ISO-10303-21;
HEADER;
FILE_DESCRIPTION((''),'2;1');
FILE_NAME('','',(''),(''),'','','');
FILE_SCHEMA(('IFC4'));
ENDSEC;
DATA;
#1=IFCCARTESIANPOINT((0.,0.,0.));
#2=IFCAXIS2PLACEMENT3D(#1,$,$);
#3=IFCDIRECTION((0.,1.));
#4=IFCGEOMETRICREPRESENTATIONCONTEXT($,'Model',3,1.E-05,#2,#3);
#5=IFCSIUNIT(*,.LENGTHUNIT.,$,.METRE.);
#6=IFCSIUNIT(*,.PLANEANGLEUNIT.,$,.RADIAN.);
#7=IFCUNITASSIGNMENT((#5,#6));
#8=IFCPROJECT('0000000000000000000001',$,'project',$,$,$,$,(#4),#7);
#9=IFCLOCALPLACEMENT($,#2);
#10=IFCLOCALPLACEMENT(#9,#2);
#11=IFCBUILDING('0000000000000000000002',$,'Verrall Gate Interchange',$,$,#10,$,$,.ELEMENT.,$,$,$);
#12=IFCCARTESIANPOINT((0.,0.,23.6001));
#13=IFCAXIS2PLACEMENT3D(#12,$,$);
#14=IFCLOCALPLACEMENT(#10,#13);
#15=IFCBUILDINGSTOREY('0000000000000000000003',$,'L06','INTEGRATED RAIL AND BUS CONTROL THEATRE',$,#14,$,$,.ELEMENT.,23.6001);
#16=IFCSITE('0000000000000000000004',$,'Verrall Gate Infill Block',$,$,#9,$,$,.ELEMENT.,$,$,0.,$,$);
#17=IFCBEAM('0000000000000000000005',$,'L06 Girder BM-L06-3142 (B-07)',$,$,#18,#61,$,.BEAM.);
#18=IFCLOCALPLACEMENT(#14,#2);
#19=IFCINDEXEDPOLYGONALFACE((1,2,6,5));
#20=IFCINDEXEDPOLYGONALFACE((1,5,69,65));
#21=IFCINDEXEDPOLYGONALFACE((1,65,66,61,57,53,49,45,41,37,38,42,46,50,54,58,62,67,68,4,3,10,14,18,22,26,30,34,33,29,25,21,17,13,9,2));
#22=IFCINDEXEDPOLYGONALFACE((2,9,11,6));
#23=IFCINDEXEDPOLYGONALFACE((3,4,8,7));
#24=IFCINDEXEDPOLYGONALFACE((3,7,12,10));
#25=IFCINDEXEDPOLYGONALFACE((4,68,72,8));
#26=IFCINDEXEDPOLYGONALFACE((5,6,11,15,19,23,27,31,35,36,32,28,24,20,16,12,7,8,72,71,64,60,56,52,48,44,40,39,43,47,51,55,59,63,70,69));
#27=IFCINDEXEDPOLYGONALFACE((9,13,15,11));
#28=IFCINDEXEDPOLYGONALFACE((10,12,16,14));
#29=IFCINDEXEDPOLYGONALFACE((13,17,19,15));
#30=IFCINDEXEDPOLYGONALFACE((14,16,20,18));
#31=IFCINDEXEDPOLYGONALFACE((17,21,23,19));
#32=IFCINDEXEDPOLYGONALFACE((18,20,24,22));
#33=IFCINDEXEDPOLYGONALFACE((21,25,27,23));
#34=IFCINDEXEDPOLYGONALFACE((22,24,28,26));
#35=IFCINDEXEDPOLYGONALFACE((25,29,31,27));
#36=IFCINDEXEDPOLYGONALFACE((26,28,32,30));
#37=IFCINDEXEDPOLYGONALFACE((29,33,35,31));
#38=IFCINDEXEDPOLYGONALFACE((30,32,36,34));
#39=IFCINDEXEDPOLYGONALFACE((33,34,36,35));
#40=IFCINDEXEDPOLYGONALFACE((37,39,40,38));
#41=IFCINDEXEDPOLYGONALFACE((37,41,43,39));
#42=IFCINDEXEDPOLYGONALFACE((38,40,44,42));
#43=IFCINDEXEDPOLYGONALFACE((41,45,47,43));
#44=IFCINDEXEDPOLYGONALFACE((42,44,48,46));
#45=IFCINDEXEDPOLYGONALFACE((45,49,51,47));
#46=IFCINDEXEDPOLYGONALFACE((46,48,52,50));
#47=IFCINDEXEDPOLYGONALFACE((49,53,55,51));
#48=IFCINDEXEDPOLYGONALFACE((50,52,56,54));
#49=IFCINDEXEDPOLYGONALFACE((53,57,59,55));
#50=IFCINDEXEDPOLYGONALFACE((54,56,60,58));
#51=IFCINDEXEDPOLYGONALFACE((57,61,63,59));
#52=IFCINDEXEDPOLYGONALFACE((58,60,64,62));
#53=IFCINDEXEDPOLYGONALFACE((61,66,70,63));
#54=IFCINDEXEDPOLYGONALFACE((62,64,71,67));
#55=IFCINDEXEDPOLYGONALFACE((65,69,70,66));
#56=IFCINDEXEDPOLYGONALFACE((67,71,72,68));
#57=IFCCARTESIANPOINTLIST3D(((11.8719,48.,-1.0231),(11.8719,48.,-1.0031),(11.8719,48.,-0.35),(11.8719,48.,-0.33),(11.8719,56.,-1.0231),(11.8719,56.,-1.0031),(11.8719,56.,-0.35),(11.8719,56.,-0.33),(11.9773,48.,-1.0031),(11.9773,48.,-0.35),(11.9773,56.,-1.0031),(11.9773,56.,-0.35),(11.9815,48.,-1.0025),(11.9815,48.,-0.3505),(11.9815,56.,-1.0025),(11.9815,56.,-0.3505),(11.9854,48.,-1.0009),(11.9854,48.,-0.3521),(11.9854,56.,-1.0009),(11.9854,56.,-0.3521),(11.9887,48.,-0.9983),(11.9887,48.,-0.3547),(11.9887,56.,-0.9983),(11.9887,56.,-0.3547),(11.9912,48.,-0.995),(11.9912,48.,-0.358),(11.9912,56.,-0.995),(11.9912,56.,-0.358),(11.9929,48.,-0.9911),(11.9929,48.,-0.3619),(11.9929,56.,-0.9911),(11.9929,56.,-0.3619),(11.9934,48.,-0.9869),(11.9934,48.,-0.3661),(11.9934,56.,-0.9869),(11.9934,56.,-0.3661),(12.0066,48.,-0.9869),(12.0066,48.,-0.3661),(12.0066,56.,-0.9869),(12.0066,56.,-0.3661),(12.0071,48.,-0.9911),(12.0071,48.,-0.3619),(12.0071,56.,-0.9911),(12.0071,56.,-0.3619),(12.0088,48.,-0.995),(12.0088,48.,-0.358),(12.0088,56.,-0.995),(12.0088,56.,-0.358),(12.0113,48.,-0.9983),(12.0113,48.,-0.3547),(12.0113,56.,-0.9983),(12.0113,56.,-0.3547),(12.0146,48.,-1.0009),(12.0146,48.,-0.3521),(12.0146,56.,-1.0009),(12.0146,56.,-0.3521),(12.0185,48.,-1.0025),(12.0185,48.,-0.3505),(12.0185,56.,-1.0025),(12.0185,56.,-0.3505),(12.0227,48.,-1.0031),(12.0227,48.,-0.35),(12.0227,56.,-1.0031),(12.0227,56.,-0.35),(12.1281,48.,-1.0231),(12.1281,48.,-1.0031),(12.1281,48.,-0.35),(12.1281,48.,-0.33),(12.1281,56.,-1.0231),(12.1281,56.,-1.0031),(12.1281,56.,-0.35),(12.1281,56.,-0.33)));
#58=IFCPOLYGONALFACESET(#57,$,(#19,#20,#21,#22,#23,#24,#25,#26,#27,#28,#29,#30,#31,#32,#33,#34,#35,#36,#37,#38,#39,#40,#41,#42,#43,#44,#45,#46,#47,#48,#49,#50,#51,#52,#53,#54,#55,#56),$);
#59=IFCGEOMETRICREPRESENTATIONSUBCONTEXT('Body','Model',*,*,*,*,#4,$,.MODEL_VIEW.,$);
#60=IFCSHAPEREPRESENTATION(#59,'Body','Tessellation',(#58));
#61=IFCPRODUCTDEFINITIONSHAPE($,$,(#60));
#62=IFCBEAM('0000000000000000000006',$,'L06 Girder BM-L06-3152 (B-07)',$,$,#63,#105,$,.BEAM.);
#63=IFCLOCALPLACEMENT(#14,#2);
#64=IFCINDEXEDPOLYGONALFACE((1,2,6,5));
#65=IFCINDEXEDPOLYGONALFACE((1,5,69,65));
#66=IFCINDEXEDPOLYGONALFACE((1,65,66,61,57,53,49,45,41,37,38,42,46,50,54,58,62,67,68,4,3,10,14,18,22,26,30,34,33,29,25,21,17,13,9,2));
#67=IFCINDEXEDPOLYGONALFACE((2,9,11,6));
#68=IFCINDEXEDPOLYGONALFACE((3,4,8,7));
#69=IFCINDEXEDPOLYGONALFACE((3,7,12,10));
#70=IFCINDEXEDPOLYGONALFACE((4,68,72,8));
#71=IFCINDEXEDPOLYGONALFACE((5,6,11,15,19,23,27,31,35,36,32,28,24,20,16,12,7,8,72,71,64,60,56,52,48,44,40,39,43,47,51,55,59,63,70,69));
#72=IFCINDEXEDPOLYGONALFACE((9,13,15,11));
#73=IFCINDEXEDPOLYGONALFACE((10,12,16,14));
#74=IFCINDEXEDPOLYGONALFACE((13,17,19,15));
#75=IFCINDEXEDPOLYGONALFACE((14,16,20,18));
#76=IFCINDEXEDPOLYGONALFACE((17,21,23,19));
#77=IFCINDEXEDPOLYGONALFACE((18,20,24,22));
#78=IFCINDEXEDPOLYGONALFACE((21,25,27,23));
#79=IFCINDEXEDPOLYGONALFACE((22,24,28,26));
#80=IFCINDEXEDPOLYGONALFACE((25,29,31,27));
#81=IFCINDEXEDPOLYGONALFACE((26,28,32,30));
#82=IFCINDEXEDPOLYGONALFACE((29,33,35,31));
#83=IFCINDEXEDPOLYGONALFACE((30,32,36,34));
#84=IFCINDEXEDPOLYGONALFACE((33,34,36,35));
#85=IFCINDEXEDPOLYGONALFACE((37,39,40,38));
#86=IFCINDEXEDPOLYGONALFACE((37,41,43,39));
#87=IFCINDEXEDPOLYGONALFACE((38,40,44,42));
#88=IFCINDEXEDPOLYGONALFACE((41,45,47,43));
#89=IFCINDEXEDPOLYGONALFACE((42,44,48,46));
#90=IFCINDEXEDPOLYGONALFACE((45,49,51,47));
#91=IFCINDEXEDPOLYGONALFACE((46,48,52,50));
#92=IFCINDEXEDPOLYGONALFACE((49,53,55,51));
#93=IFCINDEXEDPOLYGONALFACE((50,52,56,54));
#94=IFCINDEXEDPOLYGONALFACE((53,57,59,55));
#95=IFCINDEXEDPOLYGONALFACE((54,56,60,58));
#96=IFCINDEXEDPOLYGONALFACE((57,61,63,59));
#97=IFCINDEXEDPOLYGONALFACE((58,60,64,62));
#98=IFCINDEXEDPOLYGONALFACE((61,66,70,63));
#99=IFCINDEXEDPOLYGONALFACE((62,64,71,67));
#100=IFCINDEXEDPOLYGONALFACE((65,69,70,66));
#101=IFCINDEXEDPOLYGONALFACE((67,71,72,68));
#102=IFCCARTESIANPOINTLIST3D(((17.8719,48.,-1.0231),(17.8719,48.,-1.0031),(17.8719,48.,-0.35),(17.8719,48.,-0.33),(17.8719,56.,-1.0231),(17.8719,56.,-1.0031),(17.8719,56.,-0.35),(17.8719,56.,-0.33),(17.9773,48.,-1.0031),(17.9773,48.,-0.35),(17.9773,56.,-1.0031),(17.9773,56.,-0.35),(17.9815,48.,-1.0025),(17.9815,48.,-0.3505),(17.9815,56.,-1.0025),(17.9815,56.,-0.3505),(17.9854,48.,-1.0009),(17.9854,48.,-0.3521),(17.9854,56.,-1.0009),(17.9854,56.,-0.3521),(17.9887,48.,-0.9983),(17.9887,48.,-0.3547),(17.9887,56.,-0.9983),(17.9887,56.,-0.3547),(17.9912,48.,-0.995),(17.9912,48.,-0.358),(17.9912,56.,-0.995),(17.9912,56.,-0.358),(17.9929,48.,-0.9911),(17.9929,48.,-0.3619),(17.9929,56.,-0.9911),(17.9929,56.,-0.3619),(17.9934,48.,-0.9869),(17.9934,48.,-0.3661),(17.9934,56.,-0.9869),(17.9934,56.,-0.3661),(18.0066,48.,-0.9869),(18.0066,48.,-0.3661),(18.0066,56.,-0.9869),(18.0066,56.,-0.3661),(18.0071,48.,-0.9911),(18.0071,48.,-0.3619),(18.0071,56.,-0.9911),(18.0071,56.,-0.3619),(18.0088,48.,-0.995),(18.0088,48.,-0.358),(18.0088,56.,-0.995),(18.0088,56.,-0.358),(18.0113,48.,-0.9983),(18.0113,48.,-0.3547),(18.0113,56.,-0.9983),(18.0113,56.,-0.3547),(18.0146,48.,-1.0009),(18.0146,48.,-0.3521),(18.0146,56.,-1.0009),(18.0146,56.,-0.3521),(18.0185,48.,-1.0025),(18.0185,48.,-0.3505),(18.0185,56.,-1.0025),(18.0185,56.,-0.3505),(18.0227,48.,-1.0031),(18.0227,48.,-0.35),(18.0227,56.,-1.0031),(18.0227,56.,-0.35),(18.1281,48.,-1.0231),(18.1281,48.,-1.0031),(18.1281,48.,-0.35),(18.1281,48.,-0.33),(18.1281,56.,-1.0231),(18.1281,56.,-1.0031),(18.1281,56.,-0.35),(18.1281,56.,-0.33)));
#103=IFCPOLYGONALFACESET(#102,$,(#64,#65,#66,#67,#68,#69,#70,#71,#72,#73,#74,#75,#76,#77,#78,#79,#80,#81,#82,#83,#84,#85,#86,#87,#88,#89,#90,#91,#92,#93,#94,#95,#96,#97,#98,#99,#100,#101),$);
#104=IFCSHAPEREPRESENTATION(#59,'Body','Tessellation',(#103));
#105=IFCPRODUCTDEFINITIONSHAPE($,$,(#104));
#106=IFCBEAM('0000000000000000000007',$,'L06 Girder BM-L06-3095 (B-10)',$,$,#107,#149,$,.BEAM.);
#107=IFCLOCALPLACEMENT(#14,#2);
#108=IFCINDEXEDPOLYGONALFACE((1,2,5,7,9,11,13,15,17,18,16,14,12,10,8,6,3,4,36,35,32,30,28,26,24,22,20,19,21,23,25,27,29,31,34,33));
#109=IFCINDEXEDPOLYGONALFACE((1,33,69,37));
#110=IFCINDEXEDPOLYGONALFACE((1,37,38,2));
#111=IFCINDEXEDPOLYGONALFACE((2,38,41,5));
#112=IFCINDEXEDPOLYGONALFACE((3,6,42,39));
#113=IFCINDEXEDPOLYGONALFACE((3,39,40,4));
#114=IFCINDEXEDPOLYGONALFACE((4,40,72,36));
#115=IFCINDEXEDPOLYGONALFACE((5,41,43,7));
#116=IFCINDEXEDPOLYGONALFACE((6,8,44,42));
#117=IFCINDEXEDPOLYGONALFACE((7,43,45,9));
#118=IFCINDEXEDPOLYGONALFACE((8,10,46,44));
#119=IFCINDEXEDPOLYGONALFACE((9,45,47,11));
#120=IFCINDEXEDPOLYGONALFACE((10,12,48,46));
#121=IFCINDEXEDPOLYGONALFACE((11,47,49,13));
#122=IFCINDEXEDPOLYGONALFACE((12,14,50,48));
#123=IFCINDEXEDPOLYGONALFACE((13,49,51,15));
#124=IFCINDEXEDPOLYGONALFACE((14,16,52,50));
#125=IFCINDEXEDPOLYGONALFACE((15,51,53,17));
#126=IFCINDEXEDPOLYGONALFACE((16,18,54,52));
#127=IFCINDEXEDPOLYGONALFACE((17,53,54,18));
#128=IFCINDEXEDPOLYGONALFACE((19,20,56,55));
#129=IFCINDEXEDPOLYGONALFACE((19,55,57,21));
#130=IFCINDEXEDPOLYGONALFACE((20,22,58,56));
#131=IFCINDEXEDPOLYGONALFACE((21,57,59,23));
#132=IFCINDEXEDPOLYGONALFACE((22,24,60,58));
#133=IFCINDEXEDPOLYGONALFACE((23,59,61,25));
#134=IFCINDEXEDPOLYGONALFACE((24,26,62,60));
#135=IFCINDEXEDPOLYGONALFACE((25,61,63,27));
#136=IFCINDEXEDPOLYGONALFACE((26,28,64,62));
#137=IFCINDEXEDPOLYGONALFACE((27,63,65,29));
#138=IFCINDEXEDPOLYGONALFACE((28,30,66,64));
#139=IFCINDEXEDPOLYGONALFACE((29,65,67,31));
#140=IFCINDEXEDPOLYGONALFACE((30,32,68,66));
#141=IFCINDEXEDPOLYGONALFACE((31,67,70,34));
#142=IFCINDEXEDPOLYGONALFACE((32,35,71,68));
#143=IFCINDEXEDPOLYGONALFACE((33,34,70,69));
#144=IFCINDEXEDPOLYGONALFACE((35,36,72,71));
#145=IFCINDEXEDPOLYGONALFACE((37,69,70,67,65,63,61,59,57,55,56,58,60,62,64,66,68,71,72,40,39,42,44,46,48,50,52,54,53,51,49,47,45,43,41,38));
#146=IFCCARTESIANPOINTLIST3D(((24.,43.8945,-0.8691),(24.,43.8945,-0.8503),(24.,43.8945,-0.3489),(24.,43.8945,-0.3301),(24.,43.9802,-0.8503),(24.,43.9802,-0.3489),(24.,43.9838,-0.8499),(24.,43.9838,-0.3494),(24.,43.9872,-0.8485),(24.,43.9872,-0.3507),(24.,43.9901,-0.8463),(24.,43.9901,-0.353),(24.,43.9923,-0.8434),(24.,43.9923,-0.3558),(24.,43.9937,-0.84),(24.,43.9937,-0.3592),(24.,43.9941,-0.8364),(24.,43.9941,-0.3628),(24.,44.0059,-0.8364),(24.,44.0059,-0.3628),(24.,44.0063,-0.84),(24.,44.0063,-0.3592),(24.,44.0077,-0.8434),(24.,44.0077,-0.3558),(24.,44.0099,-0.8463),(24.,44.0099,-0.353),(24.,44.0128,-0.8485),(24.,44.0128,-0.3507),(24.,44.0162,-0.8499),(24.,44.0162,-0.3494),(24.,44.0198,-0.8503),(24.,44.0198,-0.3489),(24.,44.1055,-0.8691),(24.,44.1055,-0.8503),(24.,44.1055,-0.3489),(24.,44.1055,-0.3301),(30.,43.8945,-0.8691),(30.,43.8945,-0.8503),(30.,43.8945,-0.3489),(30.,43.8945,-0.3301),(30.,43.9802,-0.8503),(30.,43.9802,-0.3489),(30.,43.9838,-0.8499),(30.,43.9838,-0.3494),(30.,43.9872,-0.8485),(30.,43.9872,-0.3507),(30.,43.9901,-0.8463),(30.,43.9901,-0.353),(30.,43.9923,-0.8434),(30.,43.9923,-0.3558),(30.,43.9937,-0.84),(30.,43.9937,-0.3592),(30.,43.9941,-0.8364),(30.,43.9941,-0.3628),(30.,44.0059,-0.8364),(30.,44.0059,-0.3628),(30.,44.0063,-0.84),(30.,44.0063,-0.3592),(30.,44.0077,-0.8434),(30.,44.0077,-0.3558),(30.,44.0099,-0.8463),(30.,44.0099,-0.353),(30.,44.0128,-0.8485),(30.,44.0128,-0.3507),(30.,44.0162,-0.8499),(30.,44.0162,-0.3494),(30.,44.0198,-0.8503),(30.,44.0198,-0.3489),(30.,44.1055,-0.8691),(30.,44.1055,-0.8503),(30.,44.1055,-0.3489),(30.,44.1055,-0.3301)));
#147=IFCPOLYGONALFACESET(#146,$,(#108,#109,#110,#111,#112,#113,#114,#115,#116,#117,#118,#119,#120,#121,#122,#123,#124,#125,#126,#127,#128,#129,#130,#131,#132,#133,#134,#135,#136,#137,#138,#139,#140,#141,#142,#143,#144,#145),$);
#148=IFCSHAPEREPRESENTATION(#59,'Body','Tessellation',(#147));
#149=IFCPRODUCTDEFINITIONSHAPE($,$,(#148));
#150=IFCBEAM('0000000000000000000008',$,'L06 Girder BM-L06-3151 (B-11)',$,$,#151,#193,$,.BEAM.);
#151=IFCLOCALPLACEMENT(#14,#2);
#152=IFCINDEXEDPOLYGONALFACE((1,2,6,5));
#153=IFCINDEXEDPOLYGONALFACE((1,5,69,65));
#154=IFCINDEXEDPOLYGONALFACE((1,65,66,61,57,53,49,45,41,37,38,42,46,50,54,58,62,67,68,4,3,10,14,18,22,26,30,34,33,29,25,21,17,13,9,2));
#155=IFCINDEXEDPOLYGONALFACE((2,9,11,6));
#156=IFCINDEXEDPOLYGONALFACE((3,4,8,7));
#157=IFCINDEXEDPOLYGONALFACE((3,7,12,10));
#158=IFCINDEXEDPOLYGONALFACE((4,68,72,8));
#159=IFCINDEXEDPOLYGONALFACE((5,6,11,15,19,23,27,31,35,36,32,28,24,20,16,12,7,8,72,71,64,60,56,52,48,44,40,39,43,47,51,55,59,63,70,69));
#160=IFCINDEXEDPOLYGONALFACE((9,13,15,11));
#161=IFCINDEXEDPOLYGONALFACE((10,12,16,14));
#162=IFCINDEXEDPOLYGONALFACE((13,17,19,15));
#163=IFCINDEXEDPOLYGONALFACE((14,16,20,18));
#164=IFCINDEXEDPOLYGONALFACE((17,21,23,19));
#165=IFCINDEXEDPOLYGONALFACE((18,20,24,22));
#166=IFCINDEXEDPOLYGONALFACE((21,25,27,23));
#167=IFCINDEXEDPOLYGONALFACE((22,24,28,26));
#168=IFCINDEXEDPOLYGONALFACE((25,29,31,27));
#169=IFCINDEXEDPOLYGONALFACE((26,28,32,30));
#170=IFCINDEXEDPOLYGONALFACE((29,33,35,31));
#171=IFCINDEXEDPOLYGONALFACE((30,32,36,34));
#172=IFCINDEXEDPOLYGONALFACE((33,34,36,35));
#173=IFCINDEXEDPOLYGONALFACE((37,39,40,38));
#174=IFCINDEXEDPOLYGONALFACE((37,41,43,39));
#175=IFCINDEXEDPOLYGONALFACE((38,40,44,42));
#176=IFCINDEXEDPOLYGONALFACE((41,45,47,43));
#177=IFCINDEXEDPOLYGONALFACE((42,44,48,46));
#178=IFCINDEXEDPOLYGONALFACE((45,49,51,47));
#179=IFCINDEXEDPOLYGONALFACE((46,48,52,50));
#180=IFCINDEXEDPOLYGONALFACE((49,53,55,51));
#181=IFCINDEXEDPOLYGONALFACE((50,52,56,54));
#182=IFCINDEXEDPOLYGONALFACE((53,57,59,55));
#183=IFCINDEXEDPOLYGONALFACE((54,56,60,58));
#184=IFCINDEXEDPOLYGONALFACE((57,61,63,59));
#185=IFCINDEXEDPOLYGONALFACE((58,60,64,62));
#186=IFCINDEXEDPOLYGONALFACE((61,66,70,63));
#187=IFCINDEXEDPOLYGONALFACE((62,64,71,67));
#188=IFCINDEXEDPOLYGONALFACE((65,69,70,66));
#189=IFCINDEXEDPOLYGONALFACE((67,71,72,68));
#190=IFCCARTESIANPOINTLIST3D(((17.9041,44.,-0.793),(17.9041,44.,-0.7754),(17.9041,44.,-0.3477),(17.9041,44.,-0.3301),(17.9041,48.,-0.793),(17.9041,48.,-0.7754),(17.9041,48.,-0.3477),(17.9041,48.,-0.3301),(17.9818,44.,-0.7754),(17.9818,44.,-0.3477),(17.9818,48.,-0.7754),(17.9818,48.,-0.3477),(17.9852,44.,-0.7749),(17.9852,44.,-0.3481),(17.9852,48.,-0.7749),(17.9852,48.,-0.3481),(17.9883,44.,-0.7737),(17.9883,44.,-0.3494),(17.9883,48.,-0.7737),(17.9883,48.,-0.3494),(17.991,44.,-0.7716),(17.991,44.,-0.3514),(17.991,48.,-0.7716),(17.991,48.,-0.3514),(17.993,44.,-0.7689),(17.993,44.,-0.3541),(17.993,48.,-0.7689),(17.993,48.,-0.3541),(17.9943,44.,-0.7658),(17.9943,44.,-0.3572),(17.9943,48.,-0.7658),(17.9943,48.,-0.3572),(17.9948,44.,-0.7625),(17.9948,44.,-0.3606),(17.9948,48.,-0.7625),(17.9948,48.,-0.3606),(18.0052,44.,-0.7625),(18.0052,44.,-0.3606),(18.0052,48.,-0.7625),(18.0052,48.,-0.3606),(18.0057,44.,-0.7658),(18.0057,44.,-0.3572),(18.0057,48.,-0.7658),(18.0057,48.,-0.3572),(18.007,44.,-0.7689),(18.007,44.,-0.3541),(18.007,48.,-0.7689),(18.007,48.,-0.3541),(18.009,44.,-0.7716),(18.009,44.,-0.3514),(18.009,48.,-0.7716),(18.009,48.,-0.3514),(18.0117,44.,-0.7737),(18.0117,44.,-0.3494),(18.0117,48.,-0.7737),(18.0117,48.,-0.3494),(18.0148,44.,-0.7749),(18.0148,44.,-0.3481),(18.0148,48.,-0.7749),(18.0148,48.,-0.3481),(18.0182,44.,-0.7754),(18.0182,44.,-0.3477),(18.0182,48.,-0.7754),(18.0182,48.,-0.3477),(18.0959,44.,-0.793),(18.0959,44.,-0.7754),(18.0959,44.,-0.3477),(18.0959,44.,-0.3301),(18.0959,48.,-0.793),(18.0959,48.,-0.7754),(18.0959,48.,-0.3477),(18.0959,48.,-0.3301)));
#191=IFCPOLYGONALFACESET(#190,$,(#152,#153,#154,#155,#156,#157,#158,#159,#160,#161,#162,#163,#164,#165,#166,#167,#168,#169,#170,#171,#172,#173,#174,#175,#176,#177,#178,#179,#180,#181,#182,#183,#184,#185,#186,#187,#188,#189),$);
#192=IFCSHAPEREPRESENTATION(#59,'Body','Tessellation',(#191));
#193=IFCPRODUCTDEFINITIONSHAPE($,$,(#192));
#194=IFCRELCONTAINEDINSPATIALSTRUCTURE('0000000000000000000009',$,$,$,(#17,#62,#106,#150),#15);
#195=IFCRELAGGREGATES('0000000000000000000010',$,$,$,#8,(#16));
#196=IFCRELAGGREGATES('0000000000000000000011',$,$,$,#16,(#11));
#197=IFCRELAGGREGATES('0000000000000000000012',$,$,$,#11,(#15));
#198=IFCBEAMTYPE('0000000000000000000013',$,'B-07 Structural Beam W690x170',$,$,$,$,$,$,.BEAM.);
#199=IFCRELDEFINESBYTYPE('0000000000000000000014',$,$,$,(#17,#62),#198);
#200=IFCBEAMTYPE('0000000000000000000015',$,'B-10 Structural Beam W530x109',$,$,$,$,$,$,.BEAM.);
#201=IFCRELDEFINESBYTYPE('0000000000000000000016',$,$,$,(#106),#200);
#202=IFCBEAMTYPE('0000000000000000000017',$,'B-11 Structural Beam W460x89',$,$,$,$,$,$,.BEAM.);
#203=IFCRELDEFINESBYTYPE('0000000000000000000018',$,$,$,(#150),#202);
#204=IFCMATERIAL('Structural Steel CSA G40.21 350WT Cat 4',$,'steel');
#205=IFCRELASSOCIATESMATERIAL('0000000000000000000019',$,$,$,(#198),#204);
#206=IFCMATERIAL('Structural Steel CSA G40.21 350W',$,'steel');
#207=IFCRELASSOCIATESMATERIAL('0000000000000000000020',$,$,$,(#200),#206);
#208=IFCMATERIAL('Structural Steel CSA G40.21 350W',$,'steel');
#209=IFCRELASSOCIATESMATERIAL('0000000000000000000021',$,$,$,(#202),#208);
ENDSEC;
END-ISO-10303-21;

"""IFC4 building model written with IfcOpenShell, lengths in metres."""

from ifc_helpers import new_model, si_unit, direction, frame, origin, origin_2d, place, context, subcontext, project, spatial, i_section, extrude, material, material_profile, profile_set, type_object, element, save


model = new_model("IFC4")

# Units and contexts
model_context = context("Model", 3, precision=1e-05, world=origin(), true_north=direction((0.0, 1.0)))
body_context = subcontext(model_context, "Body", "Model", "MODEL_VIEW")
ifc_project = project(units=[si_unit("LENGTHUNIT", "METRE"), si_unit("PLANEANGLEUNIT", "RADIAN")], contexts=[model_context])

# Site, building, storey
site_placement = place(None, origin())
site = spatial("IfcSite", under=ifc_project, at=site_placement, Name="Verrall Gate Infill Block", CompositionType="ELEMENT", RefElevation=0.0)
building_placement = place(site_placement, origin())
building = spatial("IfcBuilding", under=site, at=building_placement, Name="Verrall Gate Interchange", CompositionType="ELEMENT")
storey_placement = place(building_placement, frame((0.0, 0.0, 23.6001)))
storey = spatial("IfcBuildingStorey", under=building, at=storey_placement, Name="L06", Description="INTEGRATED RAIL AND BUS CONTROL THEATRE", CompositionType="ELEMENT", Elevation=23.6001)

# Beams
ifc_material_1 = material(Name="Structural Steel CSA G40.21 350WT Cat 4", Category="steel")
ifc_material_profile_1 = material_profile(ifc_material_1, i_section(OverallWidth=0.2561, OverallDepth=0.6931, WebThickness=0.0132, FlangeThickness=0.02, FilletRadius=0.0161, at=origin_2d()), Name="W690x170")
ifc_profile_set_1 = profile_set([ifc_material_profile_1], Name="Structural Steel CSA G40.21 350WT Cat 4")
beam_type_1 = type_object("IfcBeamType", Name="B-07 Structural Beam W690x170", PredefinedType="BEAM", material=ifc_profile_set_1)
for number, where, z_axis, x_axis, name in (
    (1, (12.0, 48.0, -0.6765), (0.0, 1.0, 0.0), (-1.0, 0.0, 0.0), "L06 Girder BM-L06-3142 (B-07)"),
    (2, (18.0, 48.0, -0.6765), (0.0, 1.0, 0.0), (-1.0, 0.0, 0.0), "L06 Girder BM-L06-3152 (B-07)"),
):
    element("IfcBeam", number, at=place(storey_placement, frame(where, z_axis=z_axis, x_axis=x_axis)), inside=storey, type_object=beam_type_1, Name=name, PredefinedType="BEAM", context=body_context, shape_type="SweptSolid", body=[
        extrude(i_section(OverallWidth=0.2561, OverallDepth=0.6931, WebThickness=0.0132, FlangeThickness=0.02, FilletRadius=0.0161, at=origin_2d()), origin(), (0.0, 0.0, 1.0), 8.0),
    ])
ifc_material_2 = material(Name="Structural Steel CSA G40.21 350W", Category="steel")
ifc_material_profile_2 = material_profile(ifc_material_2, i_section(OverallWidth=0.2109, OverallDepth=0.5391, WebThickness=0.0117, FlangeThickness=0.0188, FilletRadius=0.0139, at=origin_2d()), Name="W530x109")
ifc_profile_set_2 = profile_set([ifc_material_profile_2], Name="Structural Steel CSA G40.21 350W")
beam_type_2 = type_object("IfcBeamType", Name="B-10 Structural Beam W530x109", PredefinedType="BEAM", material=ifc_profile_set_2)
beam_1_placement = place(storey_placement, frame((24.0, 44.0, -0.5996), z_axis=(1.0, 0.0, 0.0), x_axis=(0.0, 1.0, 0.0)))
element("IfcBeam", 3, at=beam_1_placement, inside=storey, type_object=beam_type_2, Name="L06 Girder BM-L06-3095 (B-10)", PredefinedType="BEAM", context=body_context, shape_type="SweptSolid", body=[
    extrude(i_section(OverallWidth=0.2109, OverallDepth=0.5391, WebThickness=0.0117, FlangeThickness=0.0188, FilletRadius=0.0139, at=origin_2d()), origin(), (0.0, 0.0, 1.0), 6.0),
])
ifc_material_3 = material(Name="Structural Steel CSA G40.21 350W", Category="steel")
ifc_material_profile_3 = material_profile(ifc_material_3, i_section(OverallWidth=0.1919, OverallDepth=0.4629, WebThickness=0.0105, FlangeThickness=0.0176, FilletRadius=0.0129, at=origin_2d()), Name="W460x89")
ifc_profile_set_3 = profile_set([ifc_material_profile_3], Name="Structural Steel CSA G40.21 350W")
beam_type_3 = type_object("IfcBeamType", Name="B-11 Structural Beam W460x89", PredefinedType="BEAM", material=ifc_profile_set_3)
beam_2_placement = place(storey_placement, frame((18.0, 44.0, -0.5615), z_axis=(0.0, 1.0, 0.0), x_axis=(-1.0, 0.0, 0.0)))
element("IfcBeam", 4, at=beam_2_placement, inside=storey, type_object=beam_type_3, Name="L06 Girder BM-L06-3151 (B-11)", PredefinedType="BEAM", context=body_context, shape_type="SweptSolid", body=[
    extrude(i_section(OverallWidth=0.1919, OverallDepth=0.4629, WebThickness=0.0105, FlangeThickness=0.0176, FilletRadius=0.0129, at=origin_2d()), origin(), (0.0, 0.0, 1.0), 4.0),
])

save(model, "model.ifc")
